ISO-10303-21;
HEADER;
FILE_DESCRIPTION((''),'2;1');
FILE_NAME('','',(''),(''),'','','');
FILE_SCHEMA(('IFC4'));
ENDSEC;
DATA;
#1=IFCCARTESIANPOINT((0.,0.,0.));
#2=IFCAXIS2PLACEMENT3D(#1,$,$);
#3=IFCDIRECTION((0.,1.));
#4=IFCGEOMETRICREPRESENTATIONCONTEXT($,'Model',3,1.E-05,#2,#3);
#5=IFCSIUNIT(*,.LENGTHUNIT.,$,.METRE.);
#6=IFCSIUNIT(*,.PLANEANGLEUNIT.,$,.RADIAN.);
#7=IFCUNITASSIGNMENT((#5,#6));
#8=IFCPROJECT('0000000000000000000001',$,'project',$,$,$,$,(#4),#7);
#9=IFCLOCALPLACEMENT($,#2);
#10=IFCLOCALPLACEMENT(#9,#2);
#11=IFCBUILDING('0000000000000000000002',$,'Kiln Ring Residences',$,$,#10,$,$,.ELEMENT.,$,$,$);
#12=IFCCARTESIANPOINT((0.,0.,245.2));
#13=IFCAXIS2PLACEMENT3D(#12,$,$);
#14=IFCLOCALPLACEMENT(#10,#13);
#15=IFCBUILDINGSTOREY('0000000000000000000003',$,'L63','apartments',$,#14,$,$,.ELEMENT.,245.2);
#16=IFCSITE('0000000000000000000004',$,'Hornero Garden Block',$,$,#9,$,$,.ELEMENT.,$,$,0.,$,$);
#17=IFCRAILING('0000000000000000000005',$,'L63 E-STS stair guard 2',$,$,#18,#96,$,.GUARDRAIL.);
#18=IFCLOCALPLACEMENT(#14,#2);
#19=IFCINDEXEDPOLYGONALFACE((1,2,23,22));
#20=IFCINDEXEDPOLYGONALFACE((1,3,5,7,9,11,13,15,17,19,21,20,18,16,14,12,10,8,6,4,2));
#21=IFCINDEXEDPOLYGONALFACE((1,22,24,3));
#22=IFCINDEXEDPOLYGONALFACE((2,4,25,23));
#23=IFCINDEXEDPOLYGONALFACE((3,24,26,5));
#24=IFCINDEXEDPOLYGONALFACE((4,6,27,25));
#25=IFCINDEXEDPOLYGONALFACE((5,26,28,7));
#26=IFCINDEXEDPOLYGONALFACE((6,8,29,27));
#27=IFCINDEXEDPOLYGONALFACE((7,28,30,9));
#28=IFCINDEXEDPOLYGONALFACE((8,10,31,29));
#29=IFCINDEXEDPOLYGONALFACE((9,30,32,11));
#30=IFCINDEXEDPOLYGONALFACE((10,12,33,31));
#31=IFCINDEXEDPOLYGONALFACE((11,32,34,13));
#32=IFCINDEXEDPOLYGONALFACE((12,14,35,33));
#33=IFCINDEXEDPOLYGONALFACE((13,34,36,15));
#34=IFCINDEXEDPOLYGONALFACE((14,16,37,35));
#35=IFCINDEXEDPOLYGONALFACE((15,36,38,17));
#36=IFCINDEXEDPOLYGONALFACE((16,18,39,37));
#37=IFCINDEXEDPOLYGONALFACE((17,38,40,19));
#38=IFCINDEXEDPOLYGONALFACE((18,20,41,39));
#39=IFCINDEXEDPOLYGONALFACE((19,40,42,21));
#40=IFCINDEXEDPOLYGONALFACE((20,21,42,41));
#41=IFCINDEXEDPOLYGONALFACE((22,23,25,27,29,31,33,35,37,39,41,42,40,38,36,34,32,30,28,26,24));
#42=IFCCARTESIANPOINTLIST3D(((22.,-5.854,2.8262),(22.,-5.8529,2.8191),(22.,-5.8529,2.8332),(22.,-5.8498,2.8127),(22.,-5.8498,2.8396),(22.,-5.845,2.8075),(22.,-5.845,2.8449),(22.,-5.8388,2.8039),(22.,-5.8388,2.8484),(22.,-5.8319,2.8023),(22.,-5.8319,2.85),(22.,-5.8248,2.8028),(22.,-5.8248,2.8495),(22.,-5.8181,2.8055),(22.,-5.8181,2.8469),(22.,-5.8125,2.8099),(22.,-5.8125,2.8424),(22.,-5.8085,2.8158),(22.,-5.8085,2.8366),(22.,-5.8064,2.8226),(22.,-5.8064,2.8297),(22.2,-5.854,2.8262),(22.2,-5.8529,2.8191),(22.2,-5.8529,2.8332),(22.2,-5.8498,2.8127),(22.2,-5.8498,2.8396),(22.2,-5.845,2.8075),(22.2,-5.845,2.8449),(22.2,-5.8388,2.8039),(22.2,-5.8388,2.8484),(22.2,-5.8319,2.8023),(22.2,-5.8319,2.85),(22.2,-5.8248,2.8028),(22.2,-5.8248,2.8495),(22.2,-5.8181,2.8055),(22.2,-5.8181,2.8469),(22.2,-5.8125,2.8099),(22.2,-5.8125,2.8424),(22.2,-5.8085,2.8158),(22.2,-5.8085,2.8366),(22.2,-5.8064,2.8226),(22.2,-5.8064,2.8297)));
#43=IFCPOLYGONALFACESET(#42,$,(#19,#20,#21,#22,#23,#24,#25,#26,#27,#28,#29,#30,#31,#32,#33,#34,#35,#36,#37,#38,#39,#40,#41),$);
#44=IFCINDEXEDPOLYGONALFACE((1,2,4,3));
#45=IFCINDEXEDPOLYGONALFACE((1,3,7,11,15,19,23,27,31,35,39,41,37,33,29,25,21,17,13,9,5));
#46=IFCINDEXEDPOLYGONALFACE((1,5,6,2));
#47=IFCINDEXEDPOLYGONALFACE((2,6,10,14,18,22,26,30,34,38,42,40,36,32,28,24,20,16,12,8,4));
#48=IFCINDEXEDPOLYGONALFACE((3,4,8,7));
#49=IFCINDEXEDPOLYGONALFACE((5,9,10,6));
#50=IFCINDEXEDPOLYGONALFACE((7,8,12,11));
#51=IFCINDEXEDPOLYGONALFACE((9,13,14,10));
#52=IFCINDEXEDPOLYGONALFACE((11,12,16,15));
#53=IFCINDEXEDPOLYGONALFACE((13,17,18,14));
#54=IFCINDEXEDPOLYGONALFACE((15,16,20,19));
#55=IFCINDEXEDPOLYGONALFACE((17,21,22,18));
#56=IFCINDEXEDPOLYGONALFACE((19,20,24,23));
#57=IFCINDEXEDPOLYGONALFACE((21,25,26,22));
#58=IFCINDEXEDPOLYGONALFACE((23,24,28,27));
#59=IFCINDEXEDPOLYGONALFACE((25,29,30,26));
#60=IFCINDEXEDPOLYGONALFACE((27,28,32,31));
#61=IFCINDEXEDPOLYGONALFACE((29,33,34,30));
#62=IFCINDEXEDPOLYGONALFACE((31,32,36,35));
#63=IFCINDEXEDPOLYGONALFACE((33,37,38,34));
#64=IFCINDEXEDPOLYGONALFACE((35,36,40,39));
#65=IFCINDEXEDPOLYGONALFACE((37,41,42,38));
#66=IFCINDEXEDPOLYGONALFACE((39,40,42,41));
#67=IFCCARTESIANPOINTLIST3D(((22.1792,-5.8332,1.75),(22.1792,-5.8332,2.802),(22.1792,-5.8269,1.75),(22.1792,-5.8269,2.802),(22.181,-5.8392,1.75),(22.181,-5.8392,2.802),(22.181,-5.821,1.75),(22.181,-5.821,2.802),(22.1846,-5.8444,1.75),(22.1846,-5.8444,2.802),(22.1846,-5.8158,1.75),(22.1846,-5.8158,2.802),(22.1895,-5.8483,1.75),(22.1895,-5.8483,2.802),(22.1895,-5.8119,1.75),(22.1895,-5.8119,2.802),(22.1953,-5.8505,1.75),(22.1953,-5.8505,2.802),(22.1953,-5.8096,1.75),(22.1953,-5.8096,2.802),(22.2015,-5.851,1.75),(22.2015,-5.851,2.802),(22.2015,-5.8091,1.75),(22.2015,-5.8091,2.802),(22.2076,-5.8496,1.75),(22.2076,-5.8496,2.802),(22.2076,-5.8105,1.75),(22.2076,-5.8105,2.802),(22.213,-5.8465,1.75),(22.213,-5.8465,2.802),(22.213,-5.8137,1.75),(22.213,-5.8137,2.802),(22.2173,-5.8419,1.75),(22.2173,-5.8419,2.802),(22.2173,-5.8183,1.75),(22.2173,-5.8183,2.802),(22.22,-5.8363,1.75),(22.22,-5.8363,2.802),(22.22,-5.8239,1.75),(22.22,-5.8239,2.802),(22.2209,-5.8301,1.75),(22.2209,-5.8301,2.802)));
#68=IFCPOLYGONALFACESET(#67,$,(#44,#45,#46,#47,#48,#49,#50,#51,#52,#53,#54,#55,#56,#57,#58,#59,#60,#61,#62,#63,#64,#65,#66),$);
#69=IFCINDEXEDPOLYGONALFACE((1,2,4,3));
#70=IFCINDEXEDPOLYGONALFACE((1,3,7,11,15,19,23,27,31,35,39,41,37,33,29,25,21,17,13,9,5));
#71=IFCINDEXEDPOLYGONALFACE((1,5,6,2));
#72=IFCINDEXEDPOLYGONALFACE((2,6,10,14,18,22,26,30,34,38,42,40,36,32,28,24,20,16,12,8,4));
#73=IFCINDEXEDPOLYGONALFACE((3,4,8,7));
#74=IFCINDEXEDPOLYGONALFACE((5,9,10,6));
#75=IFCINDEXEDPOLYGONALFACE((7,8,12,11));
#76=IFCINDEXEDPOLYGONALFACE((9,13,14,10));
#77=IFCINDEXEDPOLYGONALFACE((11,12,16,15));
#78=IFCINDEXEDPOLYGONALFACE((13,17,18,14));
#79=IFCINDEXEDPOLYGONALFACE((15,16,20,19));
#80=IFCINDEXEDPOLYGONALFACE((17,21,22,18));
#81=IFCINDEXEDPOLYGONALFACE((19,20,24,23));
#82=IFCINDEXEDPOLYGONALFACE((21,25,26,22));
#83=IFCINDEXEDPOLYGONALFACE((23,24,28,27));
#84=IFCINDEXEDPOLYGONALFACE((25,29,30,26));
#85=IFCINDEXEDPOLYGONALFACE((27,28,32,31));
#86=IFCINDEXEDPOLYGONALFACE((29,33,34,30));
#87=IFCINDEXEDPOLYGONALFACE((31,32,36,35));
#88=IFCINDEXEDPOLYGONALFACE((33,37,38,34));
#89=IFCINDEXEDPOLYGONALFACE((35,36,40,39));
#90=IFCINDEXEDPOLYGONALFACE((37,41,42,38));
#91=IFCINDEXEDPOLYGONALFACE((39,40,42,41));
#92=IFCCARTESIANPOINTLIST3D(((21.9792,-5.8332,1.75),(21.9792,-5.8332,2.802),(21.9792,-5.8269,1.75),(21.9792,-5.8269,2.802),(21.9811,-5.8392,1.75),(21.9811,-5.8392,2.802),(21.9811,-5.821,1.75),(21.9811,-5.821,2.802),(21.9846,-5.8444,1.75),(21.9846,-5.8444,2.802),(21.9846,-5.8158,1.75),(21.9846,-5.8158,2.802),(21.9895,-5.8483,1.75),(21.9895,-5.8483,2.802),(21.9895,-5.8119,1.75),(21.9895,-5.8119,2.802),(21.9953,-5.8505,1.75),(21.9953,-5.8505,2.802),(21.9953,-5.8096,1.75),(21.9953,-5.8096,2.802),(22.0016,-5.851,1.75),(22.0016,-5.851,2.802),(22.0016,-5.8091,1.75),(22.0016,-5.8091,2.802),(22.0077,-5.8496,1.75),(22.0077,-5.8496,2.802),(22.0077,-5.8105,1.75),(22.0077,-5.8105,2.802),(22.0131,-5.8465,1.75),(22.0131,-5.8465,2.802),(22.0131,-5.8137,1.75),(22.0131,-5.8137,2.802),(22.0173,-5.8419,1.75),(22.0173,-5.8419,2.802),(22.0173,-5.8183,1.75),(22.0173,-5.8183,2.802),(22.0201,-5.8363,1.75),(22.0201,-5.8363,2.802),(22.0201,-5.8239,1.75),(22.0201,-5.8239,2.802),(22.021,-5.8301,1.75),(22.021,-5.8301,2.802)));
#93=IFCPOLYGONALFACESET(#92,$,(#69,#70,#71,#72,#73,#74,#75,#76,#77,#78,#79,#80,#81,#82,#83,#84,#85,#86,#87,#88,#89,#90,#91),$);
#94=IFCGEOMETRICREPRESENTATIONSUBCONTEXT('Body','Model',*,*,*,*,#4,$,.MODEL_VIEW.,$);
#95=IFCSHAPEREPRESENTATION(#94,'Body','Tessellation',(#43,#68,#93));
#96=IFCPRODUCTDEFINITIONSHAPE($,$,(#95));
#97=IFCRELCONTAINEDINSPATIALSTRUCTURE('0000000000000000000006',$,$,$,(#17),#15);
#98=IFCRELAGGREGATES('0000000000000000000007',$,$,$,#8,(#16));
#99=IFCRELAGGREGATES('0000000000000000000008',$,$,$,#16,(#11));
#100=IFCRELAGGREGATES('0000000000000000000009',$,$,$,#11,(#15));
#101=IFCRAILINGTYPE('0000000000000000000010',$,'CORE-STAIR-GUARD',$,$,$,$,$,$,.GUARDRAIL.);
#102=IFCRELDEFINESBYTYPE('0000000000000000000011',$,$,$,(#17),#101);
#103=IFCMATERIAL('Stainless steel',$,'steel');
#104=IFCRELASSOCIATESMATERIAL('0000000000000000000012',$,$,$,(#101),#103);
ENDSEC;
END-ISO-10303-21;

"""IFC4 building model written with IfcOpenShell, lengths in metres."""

from ifc_helpers import new_model, si_unit, direction, frame, origin, origin_2d, place, context, subcontext, project, spatial, circle, extrude, material, type_object, element, save


model = new_model("IFC4")

# Units and contexts
model_context = context("Model", 3, precision=1e-05, world=origin(), true_north=direction((0.0, 1.0)))
body_context = subcontext(model_context, "Body", "Model", "MODEL_VIEW")
ifc_project = project(units=[si_unit("LENGTHUNIT", "METRE"), si_unit("PLANEANGLEUNIT", "RADIAN")], contexts=[model_context])

# Site, building, storey
site_placement = place(None, origin())
site = spatial("IfcSite", under=ifc_project, at=site_placement, Name="Hornero Garden Block", CompositionType="ELEMENT", RefElevation=0.0)
building_placement = place(site_placement, origin())
building = spatial("IfcBuilding", under=site, at=building_placement, Name="Kiln Ring Residences", CompositionType="ELEMENT")
storey_placement = place(building_placement, frame((0.0, 0.0, 245.2)))
storey = spatial("IfcBuildingStorey", under=building, at=storey_placement, Name="L63", Description="apartments", CompositionType="ELEMENT", Elevation=245.2)

# Railing
ifc_material_1 = material(Name="Stainless steel", Category="steel")
railing_type_1 = type_object("IfcRailingType", Name="CORE-STAIR-GUARD", PredefinedType="GUARDRAIL", material=ifc_material_1)
railing_1_placement = place(storey_placement, frame((22.2, -5.8301, 1.75)))
element("IfcRailing", 1, at=railing_1_placement, inside=storey, type_object=railing_type_1, Name="L63 E-STS stair guard 2", PredefinedType="GUARDRAIL", context=body_context, shape_type="SweptSolid", body=[
    extrude(circle(Radius=0.0239, at=origin_2d()), frame((0.0, 0.0, 1.0762), z_axis=(-1.0, 0.0, 0.0), x_axis=(0.0, -1.0, 0.0)), (0.0, 0.0, 1.0), 0.2),
    extrude(circle(Radius=0.021, at=origin_2d()), origin(), (0.0, 0.0, 1.0), 1.052),
    extrude(circle(Radius=0.021, at=origin_2d()), frame((-0.2, 0.0, 0.0)), (0.0, 0.0, 1.0), 1.052),
])

save(model, "model.ifc")
